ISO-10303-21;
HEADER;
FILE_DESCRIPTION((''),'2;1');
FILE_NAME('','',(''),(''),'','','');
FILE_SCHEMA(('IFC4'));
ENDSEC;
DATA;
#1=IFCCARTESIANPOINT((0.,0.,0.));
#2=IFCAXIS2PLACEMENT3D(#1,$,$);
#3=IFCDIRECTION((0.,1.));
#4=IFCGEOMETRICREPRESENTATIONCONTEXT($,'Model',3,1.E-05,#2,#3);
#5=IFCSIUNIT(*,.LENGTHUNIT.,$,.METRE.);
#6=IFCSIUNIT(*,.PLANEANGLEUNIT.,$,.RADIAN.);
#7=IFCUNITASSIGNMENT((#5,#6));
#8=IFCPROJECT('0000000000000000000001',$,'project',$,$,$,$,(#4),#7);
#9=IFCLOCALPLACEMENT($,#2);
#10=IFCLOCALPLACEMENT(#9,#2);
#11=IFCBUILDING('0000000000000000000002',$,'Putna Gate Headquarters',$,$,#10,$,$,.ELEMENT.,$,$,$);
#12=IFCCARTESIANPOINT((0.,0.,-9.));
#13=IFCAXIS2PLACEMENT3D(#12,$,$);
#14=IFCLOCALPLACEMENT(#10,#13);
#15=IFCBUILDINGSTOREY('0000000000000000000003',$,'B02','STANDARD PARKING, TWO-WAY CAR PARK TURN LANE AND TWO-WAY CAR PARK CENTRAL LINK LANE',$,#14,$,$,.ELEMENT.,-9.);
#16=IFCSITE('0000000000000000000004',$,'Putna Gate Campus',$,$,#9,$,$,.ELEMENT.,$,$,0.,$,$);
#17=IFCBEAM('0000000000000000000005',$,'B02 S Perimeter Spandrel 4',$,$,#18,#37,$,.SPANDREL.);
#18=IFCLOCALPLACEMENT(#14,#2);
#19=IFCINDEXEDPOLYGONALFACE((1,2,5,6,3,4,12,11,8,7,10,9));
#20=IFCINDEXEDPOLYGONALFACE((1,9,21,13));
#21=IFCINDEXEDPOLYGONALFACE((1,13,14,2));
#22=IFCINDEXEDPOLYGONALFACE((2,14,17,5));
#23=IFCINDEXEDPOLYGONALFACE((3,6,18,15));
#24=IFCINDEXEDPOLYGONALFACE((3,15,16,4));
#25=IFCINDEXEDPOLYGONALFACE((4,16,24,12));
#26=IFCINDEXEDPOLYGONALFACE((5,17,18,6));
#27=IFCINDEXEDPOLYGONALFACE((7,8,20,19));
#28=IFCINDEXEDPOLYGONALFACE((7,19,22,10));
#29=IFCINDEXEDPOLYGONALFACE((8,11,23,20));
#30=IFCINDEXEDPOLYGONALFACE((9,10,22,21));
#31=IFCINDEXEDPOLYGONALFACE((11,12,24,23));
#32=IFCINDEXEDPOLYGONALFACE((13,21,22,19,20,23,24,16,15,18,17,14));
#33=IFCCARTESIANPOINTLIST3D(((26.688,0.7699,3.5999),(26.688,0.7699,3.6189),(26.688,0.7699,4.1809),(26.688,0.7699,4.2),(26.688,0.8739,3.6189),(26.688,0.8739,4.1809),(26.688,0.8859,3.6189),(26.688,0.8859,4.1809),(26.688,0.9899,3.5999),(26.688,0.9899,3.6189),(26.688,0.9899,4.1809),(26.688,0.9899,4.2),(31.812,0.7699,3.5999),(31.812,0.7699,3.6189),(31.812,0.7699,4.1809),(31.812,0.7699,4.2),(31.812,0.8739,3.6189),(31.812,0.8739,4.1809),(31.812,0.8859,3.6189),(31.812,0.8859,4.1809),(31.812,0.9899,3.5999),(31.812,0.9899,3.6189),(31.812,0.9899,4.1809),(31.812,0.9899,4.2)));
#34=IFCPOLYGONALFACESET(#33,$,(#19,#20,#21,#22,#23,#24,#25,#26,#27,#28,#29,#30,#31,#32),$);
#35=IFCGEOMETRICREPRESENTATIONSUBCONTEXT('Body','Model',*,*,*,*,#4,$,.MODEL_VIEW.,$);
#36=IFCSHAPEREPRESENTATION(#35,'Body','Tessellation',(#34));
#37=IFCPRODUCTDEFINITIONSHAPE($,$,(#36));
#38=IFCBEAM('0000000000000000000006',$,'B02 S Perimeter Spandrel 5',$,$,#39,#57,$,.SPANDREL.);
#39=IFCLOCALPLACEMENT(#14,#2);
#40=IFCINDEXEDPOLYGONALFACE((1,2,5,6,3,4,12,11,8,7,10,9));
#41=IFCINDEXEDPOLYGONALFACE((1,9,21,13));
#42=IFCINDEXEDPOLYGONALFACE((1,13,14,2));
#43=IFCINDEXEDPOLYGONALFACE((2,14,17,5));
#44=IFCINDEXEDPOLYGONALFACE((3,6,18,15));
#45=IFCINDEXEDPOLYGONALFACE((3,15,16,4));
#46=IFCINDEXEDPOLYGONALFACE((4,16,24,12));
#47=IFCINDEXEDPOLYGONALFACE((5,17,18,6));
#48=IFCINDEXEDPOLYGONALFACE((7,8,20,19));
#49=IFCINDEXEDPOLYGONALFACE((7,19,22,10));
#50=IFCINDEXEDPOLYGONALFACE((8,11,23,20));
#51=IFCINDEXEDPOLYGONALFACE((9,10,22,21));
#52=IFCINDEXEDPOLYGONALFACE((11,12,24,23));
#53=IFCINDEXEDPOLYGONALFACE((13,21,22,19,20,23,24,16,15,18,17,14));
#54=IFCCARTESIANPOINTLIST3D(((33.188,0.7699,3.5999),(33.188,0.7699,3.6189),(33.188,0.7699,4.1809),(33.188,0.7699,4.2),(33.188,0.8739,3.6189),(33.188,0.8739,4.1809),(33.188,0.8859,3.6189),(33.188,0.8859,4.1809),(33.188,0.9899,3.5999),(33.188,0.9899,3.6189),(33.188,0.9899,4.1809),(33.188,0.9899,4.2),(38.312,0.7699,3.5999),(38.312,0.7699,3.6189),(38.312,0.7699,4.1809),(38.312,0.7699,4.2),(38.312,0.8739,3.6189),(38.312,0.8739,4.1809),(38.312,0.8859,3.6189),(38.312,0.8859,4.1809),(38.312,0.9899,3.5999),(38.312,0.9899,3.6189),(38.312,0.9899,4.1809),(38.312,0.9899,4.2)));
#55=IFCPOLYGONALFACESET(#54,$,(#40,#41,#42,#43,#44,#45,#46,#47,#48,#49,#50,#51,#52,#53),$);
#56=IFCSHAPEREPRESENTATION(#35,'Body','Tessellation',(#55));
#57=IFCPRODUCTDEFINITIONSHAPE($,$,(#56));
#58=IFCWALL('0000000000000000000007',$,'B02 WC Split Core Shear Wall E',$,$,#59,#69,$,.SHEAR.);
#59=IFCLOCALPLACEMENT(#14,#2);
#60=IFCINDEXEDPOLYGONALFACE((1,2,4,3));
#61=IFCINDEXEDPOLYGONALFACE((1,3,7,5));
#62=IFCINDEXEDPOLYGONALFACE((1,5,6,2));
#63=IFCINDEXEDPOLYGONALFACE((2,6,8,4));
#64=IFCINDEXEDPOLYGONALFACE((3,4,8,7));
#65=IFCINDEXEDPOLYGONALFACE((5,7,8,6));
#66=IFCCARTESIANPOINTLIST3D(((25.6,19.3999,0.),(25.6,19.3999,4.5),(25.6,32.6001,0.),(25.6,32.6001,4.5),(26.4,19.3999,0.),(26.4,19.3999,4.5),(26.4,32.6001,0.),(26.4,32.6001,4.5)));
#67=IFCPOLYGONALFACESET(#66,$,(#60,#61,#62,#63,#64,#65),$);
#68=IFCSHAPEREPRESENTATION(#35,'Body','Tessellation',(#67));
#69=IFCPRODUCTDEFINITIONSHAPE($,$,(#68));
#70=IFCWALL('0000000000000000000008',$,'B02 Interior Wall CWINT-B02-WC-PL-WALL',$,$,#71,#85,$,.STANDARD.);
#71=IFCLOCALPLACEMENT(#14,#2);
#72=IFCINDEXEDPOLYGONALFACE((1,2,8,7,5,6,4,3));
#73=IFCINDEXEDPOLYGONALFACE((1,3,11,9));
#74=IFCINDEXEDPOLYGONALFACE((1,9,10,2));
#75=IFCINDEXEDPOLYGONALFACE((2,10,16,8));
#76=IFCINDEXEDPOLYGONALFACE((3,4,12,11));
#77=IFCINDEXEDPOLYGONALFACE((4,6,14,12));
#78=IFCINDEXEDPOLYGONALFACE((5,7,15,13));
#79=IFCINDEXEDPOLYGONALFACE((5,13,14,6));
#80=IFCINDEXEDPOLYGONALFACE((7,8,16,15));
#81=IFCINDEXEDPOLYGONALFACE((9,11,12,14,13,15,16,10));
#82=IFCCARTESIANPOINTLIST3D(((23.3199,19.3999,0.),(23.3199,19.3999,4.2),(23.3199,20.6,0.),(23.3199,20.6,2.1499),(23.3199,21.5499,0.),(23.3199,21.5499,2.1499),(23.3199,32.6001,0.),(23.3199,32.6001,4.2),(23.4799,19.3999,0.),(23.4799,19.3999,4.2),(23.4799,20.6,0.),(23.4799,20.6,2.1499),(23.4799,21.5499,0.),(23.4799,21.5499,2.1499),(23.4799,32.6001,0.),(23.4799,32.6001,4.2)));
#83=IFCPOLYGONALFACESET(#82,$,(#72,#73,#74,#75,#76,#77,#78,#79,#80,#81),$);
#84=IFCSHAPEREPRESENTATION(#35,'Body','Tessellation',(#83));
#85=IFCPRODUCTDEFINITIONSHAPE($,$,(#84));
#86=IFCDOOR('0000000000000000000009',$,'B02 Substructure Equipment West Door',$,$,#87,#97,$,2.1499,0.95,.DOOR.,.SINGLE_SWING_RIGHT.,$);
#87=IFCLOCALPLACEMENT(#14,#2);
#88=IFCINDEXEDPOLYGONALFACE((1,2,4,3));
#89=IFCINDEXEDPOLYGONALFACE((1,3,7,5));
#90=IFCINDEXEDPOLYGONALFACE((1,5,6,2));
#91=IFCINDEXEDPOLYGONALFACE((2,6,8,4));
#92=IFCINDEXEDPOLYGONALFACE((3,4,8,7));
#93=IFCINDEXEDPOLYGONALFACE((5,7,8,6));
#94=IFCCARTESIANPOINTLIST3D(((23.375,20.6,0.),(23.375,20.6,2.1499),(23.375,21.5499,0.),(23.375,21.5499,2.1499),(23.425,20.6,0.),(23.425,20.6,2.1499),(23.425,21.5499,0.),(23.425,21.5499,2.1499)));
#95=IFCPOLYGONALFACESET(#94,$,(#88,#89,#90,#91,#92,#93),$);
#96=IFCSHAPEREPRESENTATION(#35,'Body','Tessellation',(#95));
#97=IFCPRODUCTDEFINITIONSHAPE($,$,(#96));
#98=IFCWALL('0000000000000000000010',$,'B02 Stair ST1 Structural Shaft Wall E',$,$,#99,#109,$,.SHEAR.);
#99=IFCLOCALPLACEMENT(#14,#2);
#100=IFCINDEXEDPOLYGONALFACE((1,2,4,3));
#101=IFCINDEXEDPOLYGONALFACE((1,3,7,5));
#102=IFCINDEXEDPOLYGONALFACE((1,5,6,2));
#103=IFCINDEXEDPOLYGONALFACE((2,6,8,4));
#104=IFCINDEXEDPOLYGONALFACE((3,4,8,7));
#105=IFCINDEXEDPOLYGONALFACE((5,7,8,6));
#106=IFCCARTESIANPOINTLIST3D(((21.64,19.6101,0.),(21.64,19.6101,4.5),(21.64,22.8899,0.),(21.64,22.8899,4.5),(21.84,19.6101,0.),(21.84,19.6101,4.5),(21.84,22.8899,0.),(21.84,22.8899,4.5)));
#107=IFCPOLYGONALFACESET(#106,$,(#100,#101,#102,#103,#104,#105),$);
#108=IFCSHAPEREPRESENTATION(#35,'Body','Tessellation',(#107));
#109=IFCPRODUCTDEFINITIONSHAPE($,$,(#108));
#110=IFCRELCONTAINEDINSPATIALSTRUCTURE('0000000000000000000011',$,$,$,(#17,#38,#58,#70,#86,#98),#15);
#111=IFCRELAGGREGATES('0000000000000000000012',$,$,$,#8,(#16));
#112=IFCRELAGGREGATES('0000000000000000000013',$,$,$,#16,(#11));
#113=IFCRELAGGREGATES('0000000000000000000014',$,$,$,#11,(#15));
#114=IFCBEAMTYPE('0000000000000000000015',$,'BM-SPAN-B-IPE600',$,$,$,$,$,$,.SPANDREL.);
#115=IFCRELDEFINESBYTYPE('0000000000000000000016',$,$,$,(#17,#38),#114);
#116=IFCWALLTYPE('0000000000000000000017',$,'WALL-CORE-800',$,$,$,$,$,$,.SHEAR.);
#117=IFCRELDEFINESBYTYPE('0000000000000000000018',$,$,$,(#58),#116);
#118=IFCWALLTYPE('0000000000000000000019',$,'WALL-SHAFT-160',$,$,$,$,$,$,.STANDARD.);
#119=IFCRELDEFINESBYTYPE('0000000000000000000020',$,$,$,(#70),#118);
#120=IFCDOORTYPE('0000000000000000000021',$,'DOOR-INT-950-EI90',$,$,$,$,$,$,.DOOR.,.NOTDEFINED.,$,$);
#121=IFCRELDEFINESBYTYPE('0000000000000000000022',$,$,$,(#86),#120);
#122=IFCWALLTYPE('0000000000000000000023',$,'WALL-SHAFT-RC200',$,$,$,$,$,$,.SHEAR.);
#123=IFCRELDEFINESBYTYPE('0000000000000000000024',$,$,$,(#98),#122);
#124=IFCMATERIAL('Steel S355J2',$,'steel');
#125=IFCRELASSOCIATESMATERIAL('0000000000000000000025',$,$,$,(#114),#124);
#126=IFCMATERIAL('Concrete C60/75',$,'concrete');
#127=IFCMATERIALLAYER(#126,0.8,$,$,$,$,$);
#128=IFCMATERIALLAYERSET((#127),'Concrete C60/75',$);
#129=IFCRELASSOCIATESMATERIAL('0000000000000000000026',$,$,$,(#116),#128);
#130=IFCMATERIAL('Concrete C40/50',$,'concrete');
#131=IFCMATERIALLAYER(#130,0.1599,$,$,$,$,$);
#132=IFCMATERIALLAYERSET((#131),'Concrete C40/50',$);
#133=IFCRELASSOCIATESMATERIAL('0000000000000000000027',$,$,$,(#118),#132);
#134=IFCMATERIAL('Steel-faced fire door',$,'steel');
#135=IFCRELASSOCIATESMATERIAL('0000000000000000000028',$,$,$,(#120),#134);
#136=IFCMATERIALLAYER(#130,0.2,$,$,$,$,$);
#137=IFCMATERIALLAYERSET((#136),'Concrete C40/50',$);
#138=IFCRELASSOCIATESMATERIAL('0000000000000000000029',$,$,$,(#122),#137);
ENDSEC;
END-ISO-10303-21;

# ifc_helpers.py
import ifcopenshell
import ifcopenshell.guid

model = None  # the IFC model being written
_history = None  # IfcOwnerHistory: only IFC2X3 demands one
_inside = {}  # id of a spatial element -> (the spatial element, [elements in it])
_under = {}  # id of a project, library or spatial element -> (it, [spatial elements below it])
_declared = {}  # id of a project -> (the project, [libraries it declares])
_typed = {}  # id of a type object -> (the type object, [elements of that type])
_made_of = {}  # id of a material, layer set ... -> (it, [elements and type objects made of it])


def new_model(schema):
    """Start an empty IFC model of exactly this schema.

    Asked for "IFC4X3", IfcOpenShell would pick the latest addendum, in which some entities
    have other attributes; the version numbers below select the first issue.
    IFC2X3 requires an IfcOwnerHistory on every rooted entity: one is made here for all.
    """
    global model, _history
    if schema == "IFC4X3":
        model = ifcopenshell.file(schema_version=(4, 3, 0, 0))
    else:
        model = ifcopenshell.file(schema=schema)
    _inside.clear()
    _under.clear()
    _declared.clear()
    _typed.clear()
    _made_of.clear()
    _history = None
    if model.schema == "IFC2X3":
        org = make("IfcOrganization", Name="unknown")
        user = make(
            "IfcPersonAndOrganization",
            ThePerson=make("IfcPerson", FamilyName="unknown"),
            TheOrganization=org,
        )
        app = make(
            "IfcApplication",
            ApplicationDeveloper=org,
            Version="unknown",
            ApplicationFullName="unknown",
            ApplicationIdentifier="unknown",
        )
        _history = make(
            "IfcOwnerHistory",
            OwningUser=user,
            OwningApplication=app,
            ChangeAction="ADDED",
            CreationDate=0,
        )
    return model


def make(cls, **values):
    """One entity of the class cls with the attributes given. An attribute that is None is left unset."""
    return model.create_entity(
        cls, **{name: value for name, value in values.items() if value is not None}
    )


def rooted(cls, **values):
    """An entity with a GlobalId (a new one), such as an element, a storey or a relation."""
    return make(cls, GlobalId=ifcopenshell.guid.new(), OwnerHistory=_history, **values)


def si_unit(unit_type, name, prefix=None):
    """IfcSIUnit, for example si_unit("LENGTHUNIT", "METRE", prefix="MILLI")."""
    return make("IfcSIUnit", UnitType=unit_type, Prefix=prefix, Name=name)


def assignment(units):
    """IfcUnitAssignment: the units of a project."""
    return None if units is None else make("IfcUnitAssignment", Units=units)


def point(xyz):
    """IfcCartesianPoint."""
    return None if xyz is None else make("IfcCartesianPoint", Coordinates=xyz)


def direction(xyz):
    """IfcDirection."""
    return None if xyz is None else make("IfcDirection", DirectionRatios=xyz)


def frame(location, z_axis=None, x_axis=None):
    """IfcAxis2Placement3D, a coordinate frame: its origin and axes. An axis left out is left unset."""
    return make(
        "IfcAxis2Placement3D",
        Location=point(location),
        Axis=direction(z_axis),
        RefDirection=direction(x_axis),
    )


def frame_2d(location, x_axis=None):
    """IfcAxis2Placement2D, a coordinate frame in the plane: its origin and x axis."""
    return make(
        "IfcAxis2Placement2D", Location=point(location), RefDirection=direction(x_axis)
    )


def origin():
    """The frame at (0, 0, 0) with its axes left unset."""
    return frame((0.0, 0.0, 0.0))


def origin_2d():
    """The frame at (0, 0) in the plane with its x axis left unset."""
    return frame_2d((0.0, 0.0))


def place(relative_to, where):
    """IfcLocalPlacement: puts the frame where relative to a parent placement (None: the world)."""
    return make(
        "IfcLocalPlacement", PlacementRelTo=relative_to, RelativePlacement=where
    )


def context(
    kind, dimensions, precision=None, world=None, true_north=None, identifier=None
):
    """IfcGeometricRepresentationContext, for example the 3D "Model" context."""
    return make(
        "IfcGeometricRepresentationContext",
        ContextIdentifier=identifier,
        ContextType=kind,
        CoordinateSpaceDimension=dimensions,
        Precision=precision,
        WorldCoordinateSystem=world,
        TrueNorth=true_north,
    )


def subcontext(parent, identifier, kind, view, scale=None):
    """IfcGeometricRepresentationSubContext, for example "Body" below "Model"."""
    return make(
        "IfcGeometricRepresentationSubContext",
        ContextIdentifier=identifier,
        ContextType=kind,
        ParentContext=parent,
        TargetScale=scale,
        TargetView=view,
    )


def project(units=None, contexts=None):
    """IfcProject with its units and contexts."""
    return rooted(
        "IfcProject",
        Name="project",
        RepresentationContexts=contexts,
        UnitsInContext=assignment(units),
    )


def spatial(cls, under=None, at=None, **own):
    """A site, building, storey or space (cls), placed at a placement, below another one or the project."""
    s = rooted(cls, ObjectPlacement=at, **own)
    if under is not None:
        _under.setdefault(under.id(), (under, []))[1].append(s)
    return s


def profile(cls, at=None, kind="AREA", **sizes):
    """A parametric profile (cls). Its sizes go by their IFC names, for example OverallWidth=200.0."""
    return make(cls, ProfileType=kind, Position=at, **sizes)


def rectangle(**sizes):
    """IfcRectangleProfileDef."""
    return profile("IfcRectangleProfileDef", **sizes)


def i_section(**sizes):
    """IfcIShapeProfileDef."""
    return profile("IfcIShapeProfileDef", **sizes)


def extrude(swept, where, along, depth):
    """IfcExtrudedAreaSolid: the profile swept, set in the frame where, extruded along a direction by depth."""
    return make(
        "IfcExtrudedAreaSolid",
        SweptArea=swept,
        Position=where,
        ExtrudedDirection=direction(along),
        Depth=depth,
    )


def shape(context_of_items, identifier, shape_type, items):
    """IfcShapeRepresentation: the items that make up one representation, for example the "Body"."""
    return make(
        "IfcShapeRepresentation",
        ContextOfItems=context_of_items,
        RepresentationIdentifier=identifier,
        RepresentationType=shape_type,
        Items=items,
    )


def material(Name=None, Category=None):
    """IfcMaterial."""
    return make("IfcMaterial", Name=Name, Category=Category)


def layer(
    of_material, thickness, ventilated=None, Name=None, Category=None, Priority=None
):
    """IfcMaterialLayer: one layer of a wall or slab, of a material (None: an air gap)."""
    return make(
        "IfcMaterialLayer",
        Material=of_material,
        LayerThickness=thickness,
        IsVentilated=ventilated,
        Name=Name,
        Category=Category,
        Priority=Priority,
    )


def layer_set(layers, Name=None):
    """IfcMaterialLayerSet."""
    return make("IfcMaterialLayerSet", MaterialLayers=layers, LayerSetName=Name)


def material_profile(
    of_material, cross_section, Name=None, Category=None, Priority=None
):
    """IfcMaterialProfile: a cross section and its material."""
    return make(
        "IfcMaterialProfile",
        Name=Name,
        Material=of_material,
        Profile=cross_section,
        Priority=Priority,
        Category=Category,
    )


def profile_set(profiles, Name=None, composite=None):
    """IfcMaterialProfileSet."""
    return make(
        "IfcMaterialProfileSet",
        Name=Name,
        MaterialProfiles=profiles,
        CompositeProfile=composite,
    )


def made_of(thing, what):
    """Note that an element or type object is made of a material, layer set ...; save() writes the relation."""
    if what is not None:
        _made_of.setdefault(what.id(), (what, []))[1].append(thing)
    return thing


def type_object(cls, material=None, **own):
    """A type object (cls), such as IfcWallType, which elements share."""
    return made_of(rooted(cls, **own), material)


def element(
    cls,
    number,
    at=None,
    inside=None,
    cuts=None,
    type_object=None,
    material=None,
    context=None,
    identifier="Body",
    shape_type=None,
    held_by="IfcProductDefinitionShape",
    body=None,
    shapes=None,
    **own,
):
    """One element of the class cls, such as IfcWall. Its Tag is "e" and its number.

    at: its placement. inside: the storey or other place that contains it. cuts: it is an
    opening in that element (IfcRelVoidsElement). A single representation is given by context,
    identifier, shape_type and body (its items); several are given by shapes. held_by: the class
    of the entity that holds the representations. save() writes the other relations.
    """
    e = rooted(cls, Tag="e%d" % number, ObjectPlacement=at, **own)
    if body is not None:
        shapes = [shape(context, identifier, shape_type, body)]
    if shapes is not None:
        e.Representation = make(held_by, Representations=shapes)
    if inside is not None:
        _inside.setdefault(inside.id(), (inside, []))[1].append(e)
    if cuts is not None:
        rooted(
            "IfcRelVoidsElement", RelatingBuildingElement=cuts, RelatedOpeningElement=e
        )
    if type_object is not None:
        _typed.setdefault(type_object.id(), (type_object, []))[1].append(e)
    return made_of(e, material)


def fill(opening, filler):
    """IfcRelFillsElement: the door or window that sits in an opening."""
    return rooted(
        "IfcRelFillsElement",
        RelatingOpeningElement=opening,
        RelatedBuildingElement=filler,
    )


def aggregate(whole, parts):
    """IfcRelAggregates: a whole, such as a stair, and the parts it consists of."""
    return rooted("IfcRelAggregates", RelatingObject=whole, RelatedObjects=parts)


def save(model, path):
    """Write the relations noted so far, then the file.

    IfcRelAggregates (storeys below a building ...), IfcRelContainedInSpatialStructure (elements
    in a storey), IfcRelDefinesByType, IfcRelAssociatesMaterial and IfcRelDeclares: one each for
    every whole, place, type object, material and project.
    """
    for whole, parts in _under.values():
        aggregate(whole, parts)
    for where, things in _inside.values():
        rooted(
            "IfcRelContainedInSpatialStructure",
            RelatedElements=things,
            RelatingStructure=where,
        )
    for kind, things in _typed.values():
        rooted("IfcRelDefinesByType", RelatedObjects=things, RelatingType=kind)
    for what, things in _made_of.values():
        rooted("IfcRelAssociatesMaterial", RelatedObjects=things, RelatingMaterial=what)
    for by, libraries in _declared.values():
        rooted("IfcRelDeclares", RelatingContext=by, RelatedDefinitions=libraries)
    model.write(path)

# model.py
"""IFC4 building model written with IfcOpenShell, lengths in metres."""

from ifc_helpers import new_model, si_unit, direction, frame, frame_2d, origin, origin_2d, place, context, subcontext, project, spatial, rectangle, i_section, extrude, material, layer, layer_set, material_profile, profile_set, type_object, element, fill, save


model = new_model("IFC4")

# Units and contexts
model_context = context("Model", 3, precision=1e-05, world=origin(), true_north=direction((0.0, 1.0)))
body_context = subcontext(model_context, "Body", "Model", "MODEL_VIEW")
ifc_project = project(units=[si_unit("LENGTHUNIT", "METRE"), si_unit("PLANEANGLEUNIT", "RADIAN")], contexts=[model_context])

# Site, building, storey
site_placement = place(None, origin())
site = spatial("IfcSite", under=ifc_project, at=site_placement, Name="Putna Gate Campus", CompositionType="ELEMENT", RefElevation=0.0)
building_placement = place(site_placement, origin())
building = spatial("IfcBuilding", under=site, at=building_placement, Name="Putna Gate Headquarters", CompositionType="ELEMENT")
storey_placement = place(building_placement, frame((0.0, 0.0, -9.0)))
storey = spatial("IfcBuildingStorey", under=building, at=storey_placement, Name="B02", Description="STANDARD PARKING, TWO-WAY CAR PARK TURN LANE AND TWO-WAY CAR PARK CENTRAL LINK LANE", CompositionType="ELEMENT", Elevation=-9.0)

# Shared definitions
ifc_material_1 = material(Name="Concrete C60/75", Category="concrete")

# Beams
ifc_material_2 = material(Name="Steel S355J2", Category="steel")
ifc_material_profile_1 = material_profile(ifc_material_2, i_section(OverallWidth=0.22, OverallDepth=0.6001, WebThickness=0.012, FlangeThickness=0.019, at=origin_2d()), Name="Steel S355J2")
ifc_profile_set_1 = profile_set([ifc_material_profile_1], Name="Steel S355J2")
beam_type_1 = type_object("IfcBeamType", Name="BM-SPAN-B-IPE600", PredefinedType="SPANDREL", material=ifc_profile_set_1)
for number, where, z_axis, x_axis, name in (
    (1, (26.688, 0.8799, 3.8999), (1.0, 0.0, 0.0), (0.0, 1.0, 0.0), "B02 S Perimeter Spandrel 4"),
    (2, (33.188, 0.8799, 3.8999), (1.0, 0.0, 0.0), (0.0, 1.0, 0.0), "B02 S Perimeter Spandrel 5"),
):
    element("IfcBeam", number, at=place(storey_placement, frame(where, z_axis=z_axis, x_axis=x_axis)), inside=storey, type_object=beam_type_1, Name=name, PredefinedType="SPANDREL", context=body_context, shape_type="SweptSolid", body=[
        extrude(i_section(OverallWidth=0.22, OverallDepth=0.6001, WebThickness=0.012, FlangeThickness=0.019, at=origin_2d()), origin(), (0.0, 0.0, 1.0), 5.124),
    ])

# Wall
ifc_layer_1 = layer(ifc_material_1, 0.8)
ifc_layer_set_1 = layer_set([ifc_layer_1], Name="Concrete C60/75")
wall_type_1 = type_object("IfcWallType", Name="WALL-CORE-800", PredefinedType="SHEAR", material=ifc_layer_set_1)
wall_1_placement = place(storey_placement, frame((26.0, 19.3999, 0.0), z_axis=(0.0, 0.0, 1.0), x_axis=(0.0, 1.0, 0.0)))
element("IfcWall", 3, at=wall_1_placement, inside=storey, type_object=wall_type_1, Name="B02 WC Split Core Shear Wall E", PredefinedType="SHEAR", context=body_context, shape_type="SweptSolid", body=[
    extrude(rectangle(XDim=13.2002, YDim=0.8, at=frame_2d((6.6001, 0.0))), origin(), (0.0, 0.0, 1.0), 4.5),
])

# Wall, opening, door
ifc_material_3 = material(Name="Concrete C40/50", Category="concrete")
ifc_layer_2 = layer(ifc_material_3, 0.1599)
ifc_layer_set_2 = layer_set([ifc_layer_2], Name="Concrete C40/50")
wall_type_2 = type_object("IfcWallType", Name="WALL-SHAFT-160", PredefinedType="STANDARD", material=ifc_layer_set_2)
wall_2_placement = place(storey_placement, frame((23.3999, 19.3999, 0.0), z_axis=(0.0, 0.0, 1.0), x_axis=(0.0, 1.0, 0.0)))
wall_2 = element("IfcWall", 4, at=wall_2_placement, inside=storey, type_object=wall_type_2, Name="B02 Interior Wall CWINT-B02-WC-PL-WALL", PredefinedType="STANDARD", context=body_context, shape_type="SweptSolid", body=[
    extrude(rectangle(XDim=13.2002, YDim=0.1599, at=frame_2d((6.6001, 0.0))), origin(), (0.0, 0.0, 1.0), 4.2),
])
opening_placement = place(wall_2_placement, frame((1.2, 0.0, 0.0)))
opening = element("IfcOpeningElement", 5, at=opening_placement, cuts=wall_2, PredefinedType="OPENING", context=body_context, shape_type="SweptSolid", body=[
    extrude(rectangle(XDim=0.95, YDim=2.1499, at=frame_2d((0.4751, 1.075))), frame((0.0, 0.0898, 0.0), z_axis=(0.0, -1.0, 0.0), x_axis=(1.0, 0.0, 0.0)), (0.0, 0.0, 1.0), 0.1799),
])
ifc_material_4 = material(Name="Steel-faced fire door", Category="steel")
door_type = type_object("IfcDoorType", Name="DOOR-INT-950-EI90", OperationType="NOTDEFINED", PredefinedType="DOOR", material=ifc_material_4)
door_placement = place(opening_placement, origin())
door = element("IfcDoor", 6, at=door_placement, inside=storey, type_object=door_type, Name="B02 Substructure Equipment West Door", OperationType="SINGLE_SWING_RIGHT", OverallHeight=2.1499, OverallWidth=0.95, PredefinedType="DOOR", context=body_context, shape_type="SweptSolid", body=[
    extrude(rectangle(XDim=0.95, YDim=2.1499, at=frame_2d((0.4751, 1.075))), frame((0.0, 0.0249, 0.0), z_axis=(0.0, -1.0, 0.0), x_axis=(1.0, 0.0, 0.0)), (0.0, 0.0, 1.0), 0.05),
])
fill(opening, door)

# Wall
ifc_layer_3 = layer(ifc_material_3, 0.2)
ifc_layer_set_3 = layer_set([ifc_layer_3], Name="Concrete C40/50")
wall_type_3 = type_object("IfcWallType", Name="WALL-SHAFT-RC200", PredefinedType="SHEAR", material=ifc_layer_set_3)
wall_3_placement = place(storey_placement, frame((21.74, 19.6101, 0.0), z_axis=(0.0, 0.0, 1.0), x_axis=(0.0, 1.0, 0.0)))
element("IfcWall", 7, at=wall_3_placement, inside=storey, type_object=wall_type_3, Name="B02 Stair ST1 Structural Shaft Wall E", PredefinedType="SHEAR", context=body_context, shape_type="SweptSolid", body=[
    extrude(rectangle(XDim=3.2798, YDim=0.2, at=frame_2d((1.6399, 0.0))), origin(), (0.0, 0.0, 1.0), 4.5),
])

save(model, "model.ifc")
